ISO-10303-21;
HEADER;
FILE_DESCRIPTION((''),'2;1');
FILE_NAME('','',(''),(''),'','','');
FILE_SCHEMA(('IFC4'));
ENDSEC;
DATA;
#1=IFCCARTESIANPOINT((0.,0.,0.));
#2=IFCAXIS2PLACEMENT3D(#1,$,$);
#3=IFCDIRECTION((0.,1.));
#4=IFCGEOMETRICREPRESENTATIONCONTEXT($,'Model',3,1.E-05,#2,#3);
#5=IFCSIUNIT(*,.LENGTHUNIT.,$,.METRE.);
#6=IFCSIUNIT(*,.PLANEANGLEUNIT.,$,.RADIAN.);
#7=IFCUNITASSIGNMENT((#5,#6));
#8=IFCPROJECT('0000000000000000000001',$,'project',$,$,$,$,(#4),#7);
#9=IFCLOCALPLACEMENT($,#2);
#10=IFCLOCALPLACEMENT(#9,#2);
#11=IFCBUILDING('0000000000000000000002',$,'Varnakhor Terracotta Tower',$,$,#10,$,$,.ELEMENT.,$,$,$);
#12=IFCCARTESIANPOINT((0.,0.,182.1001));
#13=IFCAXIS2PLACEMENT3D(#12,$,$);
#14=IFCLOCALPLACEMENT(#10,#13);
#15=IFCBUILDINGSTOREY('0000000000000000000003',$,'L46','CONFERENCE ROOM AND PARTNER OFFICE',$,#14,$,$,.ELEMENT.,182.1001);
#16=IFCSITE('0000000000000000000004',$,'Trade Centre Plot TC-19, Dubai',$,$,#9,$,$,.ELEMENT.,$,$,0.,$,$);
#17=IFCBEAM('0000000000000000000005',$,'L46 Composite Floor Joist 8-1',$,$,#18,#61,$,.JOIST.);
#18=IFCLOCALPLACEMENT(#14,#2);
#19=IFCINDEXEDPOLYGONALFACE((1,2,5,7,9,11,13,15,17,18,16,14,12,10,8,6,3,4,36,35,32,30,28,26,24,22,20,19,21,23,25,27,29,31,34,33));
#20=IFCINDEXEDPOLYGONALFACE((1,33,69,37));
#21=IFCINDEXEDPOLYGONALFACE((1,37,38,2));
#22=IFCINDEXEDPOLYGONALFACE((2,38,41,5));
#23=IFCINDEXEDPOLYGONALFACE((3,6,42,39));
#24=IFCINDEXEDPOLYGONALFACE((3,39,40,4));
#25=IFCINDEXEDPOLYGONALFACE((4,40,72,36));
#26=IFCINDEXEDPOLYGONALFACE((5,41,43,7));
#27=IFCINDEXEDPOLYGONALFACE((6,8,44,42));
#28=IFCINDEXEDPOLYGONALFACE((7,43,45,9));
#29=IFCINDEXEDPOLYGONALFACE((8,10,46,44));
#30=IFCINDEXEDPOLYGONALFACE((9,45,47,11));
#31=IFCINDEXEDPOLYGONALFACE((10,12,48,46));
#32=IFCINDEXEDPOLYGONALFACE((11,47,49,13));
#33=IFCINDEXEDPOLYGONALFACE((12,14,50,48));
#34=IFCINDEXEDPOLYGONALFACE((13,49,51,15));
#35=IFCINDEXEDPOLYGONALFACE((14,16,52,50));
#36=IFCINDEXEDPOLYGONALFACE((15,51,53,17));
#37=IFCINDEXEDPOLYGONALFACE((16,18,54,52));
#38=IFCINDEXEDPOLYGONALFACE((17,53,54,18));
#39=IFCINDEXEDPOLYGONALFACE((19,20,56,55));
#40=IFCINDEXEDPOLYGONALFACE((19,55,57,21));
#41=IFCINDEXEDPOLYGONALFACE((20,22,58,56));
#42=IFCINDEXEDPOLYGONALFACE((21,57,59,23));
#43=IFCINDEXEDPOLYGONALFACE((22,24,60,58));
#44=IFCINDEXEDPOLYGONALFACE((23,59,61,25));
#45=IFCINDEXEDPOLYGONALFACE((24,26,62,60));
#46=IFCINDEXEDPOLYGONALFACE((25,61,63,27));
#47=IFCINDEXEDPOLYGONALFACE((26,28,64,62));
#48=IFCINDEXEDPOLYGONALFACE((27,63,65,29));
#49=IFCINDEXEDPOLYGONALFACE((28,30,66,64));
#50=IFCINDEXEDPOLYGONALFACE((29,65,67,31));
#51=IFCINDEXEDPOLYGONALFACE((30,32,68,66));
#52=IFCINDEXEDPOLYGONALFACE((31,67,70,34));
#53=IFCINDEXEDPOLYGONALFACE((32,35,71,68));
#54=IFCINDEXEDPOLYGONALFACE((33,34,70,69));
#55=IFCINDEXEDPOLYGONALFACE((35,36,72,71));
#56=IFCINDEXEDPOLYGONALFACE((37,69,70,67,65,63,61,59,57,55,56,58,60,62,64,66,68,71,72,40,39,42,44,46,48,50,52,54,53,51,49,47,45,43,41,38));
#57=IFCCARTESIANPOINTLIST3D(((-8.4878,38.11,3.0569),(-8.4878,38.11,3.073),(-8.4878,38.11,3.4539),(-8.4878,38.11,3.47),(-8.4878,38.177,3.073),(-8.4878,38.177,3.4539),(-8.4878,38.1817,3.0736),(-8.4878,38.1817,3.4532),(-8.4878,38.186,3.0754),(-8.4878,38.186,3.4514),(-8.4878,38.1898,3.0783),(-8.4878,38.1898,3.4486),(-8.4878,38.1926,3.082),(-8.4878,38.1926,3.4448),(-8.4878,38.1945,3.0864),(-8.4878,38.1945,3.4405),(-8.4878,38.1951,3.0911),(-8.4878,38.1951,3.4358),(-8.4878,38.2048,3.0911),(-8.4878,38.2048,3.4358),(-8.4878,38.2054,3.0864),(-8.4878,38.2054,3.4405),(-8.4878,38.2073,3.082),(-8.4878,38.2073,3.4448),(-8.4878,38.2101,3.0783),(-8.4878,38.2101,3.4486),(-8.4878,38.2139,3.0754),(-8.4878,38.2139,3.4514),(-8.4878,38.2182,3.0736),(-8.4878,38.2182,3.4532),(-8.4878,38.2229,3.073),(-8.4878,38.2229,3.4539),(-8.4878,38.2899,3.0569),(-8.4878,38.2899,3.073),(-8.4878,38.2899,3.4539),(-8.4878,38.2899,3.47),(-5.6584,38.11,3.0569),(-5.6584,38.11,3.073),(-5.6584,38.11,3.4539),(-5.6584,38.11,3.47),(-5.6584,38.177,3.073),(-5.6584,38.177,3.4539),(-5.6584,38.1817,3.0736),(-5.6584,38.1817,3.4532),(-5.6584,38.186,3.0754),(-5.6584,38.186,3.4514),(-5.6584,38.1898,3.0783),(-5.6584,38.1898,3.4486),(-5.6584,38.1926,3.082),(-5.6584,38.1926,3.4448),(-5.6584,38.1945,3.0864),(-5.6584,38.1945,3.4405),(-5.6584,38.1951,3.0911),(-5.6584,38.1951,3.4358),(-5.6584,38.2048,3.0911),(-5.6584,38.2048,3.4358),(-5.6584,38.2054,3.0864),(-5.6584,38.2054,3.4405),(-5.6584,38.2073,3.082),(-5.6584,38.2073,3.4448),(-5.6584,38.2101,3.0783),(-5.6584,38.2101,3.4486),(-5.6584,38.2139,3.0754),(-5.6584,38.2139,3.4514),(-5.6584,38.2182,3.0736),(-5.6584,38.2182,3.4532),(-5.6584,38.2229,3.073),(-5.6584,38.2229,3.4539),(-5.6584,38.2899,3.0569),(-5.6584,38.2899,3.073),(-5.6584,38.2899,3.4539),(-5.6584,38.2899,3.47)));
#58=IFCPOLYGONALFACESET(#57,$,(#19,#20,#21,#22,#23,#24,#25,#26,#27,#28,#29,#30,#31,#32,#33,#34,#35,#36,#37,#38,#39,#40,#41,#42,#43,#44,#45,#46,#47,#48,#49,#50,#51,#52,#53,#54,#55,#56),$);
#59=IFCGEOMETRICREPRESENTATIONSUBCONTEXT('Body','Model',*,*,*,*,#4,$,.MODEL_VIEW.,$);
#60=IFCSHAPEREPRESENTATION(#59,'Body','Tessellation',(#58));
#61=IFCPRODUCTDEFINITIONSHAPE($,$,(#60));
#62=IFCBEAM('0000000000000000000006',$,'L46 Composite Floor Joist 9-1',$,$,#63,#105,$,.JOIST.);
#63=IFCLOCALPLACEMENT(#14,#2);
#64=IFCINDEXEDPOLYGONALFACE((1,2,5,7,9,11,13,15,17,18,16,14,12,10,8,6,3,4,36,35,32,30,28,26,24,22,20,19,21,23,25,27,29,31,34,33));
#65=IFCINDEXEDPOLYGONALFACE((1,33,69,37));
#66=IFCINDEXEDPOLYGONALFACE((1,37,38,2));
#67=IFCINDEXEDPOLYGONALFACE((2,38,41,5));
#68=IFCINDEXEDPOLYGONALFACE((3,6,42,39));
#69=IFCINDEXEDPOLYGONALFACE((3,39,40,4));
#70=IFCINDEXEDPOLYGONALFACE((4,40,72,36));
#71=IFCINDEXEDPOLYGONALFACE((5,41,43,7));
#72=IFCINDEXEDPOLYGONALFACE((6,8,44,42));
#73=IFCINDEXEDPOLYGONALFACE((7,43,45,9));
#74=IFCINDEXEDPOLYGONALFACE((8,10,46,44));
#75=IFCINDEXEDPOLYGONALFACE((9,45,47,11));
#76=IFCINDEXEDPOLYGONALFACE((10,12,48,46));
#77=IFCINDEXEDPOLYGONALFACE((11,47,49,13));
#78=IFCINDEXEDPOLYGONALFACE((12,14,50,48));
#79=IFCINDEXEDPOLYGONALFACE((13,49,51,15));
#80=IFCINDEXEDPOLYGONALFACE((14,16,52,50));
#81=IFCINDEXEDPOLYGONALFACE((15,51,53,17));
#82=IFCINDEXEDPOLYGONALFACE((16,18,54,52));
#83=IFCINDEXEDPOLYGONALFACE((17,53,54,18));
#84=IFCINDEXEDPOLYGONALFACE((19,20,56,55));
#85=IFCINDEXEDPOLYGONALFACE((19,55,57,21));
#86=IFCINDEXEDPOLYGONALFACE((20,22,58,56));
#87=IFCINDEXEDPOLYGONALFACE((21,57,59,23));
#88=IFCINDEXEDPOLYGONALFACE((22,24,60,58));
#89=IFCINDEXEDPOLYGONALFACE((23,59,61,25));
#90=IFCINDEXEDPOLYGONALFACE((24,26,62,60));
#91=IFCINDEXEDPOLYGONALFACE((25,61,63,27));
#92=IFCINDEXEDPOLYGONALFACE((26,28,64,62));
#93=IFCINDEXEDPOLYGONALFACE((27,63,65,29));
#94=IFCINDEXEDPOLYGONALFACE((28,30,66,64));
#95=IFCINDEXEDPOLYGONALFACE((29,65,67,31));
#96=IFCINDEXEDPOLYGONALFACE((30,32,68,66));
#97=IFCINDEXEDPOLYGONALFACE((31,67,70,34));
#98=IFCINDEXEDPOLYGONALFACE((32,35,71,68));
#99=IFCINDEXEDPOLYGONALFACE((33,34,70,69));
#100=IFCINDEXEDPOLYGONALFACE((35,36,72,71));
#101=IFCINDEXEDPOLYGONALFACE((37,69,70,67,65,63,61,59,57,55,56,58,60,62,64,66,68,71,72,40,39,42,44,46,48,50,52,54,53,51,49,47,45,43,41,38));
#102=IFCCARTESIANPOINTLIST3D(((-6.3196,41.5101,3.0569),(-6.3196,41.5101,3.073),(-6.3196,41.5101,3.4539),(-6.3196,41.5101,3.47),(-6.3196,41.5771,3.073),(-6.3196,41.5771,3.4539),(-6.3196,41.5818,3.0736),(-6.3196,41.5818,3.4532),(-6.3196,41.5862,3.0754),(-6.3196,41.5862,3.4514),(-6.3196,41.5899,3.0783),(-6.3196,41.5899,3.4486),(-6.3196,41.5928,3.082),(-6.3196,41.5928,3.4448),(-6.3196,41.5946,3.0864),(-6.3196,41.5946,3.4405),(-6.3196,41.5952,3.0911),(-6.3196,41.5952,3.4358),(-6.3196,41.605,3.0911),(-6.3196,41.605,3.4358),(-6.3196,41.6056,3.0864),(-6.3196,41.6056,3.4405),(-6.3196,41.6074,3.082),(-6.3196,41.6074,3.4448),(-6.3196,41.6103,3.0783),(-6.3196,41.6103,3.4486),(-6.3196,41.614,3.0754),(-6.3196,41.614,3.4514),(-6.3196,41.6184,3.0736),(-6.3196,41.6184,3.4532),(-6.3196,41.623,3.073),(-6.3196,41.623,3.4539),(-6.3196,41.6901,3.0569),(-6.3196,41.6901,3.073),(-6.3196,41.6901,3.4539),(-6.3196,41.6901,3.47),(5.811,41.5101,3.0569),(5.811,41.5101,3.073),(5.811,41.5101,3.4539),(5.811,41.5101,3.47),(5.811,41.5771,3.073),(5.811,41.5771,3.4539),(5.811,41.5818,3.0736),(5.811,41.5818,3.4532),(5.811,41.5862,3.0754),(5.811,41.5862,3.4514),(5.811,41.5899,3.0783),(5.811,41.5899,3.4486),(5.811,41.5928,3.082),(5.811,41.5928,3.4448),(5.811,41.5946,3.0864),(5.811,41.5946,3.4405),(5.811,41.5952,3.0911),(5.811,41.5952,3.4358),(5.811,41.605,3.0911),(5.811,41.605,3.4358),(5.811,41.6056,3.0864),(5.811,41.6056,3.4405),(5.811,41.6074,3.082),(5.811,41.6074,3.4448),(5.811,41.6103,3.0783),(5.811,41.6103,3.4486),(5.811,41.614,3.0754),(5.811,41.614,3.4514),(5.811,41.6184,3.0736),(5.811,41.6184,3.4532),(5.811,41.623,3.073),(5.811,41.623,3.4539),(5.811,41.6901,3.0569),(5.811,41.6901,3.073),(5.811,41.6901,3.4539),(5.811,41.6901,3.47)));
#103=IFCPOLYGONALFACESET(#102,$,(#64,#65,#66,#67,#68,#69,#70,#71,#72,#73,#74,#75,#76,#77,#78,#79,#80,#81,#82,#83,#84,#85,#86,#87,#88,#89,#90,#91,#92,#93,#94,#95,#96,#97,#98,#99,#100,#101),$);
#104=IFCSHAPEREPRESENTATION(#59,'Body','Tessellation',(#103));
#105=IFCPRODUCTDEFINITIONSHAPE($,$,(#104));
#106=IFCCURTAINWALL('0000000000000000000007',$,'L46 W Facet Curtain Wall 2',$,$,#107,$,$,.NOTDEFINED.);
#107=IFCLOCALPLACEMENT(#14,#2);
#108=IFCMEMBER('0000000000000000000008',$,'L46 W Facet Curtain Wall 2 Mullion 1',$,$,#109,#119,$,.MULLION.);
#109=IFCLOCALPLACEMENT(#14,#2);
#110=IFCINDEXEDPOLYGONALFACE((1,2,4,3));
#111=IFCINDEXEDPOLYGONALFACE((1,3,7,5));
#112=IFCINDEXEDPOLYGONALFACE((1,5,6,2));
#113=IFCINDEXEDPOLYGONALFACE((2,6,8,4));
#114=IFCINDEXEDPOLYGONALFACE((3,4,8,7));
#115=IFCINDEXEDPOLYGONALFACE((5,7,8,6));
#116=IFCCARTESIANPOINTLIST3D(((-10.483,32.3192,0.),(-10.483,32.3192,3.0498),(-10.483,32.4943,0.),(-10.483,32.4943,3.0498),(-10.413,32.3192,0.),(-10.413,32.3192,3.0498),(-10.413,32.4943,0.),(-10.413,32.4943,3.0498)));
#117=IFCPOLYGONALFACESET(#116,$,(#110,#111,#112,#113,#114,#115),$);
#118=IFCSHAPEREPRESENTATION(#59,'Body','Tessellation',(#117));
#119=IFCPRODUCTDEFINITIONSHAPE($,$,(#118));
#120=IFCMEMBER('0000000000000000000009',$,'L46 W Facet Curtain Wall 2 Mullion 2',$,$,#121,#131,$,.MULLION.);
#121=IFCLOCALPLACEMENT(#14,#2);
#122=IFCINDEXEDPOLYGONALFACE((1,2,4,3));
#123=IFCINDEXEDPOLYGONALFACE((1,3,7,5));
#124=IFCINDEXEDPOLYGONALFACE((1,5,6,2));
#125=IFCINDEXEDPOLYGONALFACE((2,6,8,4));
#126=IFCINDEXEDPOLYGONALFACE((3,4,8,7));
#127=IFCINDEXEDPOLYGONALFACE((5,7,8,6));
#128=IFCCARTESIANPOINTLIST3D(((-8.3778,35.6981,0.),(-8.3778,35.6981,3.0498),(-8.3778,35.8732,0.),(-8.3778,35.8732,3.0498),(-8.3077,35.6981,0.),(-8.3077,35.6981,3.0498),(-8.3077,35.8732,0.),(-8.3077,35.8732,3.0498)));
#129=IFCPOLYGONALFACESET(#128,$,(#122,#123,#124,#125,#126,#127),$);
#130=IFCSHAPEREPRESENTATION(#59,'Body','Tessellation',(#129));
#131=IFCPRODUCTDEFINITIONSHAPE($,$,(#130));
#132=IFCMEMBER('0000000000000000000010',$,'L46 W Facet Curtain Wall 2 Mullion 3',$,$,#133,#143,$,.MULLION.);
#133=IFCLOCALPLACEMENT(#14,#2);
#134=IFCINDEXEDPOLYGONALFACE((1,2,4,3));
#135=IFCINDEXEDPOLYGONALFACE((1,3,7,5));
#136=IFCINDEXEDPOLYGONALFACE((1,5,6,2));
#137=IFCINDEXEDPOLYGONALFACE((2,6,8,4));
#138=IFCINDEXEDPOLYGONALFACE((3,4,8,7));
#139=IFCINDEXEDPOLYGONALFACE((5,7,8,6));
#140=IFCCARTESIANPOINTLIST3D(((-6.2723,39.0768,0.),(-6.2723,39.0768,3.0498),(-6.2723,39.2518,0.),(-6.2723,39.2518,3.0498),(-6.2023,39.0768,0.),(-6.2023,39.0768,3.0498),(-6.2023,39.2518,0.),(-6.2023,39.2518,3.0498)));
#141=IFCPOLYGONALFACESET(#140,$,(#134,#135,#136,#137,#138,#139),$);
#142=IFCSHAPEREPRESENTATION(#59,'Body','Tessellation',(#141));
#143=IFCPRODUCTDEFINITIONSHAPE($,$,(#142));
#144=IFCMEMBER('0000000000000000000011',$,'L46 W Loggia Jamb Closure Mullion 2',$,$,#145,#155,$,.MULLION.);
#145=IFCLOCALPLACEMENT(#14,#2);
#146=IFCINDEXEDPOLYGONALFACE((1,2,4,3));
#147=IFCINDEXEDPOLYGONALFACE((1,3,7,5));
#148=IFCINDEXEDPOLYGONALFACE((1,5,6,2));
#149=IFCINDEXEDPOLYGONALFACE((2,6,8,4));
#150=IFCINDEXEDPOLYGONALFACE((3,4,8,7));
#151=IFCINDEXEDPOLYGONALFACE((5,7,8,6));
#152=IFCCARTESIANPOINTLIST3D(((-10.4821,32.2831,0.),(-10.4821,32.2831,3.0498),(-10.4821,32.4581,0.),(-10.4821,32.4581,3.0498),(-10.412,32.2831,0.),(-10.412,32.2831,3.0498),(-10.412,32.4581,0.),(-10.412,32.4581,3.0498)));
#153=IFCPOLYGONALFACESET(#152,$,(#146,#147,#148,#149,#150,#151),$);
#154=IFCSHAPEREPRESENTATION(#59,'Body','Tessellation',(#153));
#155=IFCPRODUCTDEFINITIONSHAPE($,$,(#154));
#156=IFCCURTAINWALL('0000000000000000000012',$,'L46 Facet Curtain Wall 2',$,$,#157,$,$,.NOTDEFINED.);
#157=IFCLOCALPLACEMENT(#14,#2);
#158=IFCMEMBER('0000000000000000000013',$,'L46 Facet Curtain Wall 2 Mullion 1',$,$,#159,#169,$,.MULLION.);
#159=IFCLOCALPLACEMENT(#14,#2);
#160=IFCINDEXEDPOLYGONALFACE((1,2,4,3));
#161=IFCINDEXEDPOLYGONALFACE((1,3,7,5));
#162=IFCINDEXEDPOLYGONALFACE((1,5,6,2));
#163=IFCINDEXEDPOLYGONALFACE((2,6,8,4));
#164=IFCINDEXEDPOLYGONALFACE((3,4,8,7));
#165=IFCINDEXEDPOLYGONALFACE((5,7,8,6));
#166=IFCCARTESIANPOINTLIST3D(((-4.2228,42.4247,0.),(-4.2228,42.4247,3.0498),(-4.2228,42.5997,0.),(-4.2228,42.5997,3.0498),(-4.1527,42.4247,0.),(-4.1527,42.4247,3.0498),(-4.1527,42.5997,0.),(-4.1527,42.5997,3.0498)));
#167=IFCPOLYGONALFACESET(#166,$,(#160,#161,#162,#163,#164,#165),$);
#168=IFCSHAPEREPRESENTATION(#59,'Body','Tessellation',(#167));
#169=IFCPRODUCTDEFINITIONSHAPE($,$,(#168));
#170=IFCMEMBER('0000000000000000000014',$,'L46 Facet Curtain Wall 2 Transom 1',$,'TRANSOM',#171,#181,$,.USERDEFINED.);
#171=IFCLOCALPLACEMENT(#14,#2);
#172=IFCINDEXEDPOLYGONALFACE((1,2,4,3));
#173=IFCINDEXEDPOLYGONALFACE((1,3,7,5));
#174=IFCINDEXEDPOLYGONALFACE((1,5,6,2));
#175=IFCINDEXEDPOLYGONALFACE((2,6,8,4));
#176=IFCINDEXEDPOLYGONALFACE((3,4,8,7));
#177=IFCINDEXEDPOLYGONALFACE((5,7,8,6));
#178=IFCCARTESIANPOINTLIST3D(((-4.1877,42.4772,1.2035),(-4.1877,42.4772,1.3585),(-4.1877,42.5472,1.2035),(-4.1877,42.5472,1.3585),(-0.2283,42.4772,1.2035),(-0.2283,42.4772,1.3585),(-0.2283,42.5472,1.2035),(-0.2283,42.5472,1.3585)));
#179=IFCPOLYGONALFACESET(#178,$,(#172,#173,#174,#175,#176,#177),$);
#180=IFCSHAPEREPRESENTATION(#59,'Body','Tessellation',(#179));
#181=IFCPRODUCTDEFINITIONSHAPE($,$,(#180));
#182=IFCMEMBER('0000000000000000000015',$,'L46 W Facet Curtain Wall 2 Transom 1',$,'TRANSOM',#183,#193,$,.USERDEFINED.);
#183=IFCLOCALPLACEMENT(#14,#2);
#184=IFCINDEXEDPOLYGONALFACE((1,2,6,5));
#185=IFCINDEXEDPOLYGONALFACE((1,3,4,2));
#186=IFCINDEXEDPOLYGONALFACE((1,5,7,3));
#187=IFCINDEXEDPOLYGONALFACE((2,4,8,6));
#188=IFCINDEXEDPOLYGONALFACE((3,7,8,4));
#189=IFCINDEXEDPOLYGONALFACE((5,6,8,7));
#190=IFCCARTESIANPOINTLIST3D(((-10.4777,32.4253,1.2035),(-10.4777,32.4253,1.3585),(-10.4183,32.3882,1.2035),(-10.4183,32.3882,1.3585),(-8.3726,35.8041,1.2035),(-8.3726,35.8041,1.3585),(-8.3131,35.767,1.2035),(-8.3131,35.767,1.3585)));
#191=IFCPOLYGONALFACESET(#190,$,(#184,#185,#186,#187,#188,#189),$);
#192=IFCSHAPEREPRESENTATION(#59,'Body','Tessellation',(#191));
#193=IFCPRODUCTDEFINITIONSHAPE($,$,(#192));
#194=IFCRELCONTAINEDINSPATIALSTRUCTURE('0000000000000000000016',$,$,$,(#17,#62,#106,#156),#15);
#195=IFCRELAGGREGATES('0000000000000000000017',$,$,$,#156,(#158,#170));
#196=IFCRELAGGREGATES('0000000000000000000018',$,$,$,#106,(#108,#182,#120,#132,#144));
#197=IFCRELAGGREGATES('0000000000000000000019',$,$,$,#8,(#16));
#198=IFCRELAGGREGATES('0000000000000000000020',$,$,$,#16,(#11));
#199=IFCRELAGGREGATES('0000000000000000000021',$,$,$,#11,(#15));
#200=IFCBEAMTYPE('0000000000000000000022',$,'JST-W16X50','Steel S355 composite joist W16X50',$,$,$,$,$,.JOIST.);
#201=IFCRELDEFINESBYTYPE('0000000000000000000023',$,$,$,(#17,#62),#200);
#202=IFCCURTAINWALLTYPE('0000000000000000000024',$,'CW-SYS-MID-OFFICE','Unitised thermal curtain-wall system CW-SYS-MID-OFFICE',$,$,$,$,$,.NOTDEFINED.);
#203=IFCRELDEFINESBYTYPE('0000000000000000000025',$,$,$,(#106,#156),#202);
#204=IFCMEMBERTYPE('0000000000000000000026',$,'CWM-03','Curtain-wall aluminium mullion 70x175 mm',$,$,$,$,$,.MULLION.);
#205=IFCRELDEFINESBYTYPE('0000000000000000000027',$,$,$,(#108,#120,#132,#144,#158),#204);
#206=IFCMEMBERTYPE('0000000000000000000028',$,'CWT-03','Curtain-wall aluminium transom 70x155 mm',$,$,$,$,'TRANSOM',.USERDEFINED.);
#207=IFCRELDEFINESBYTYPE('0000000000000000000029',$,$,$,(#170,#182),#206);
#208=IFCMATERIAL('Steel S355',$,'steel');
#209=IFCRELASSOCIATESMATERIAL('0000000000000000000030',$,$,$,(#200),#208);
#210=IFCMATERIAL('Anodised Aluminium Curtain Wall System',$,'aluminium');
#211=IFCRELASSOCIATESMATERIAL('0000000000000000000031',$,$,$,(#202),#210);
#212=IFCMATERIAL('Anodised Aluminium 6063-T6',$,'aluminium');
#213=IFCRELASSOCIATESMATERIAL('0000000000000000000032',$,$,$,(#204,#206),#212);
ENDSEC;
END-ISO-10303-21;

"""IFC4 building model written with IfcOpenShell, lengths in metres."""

from ifc_helpers import new_model, si_unit, direction, frame, origin, origin_2d, place, context, subcontext, project, spatial, rectangle, i_section, extrude, source, transform, mapped, material, material_profile, profile_set, type_object, type_shapes, element, aggregate, save


model = new_model("IFC4")

# Units and contexts
model_context = context("Model", 3, precision=1e-05, world=origin(), true_north=direction((0.0, 1.0)))
body_context = subcontext(model_context, "Body", "Model", "MODEL_VIEW")
ifc_project = project(units=[si_unit("LENGTHUNIT", "METRE"), si_unit("PLANEANGLEUNIT", "RADIAN")], contexts=[model_context])

# Site, building, storey
site_placement = place(None, origin())
site = spatial("IfcSite", under=ifc_project, at=site_placement, Name="Trade Centre Plot TC-19, Dubai", CompositionType="ELEMENT", RefElevation=0.0)
building_placement = place(site_placement, origin())
building = spatial("IfcBuilding", under=site, at=building_placement, Name="Varnakhor Terracotta Tower", CompositionType="ELEMENT")
storey_placement = place(building_placement, frame((0.0, 0.0, 182.1001)))
storey = spatial("IfcBuildingStorey", under=building, at=storey_placement, Name="L46", Description="CONFERENCE ROOM AND PARTNER OFFICE", CompositionType="ELEMENT", Elevation=182.1001)

# Beams
ifc_material_1 = material(Name="Steel S355", Category="steel")
ifc_material_profile_1 = material_profile(ifc_material_1, i_section(OverallWidth=0.1799, OverallDepth=0.4131, WebThickness=0.0098, FlangeThickness=0.0161, FilletRadius=0.0181, at=origin_2d()), Name="W16X50")
ifc_profile_set_1 = profile_set([ifc_material_profile_1], Name="Steel S355")
beam_type_1 = type_object("IfcBeamType", Name="JST-W16X50", Description="Steel S355 composite joist W16X50", PredefinedType="JOIST", material=ifc_profile_set_1)
shared_shape_1 = source(origin(), body_context, "Body", "SweptSolid", [
    extrude(i_section(OverallWidth=0.1799, OverallDepth=0.4131, WebThickness=0.0098, FlangeThickness=0.0161, FilletRadius=0.0181, at=origin_2d()), origin(), (0.0, 0.0, 1.0), 2.8293),
])
beam_1_placement = place(storey_placement, frame((-8.4878, 38.2, 3.2634), z_axis=(1.0, 0.0, 0.0), x_axis=(0.0, 1.0, 0.0)))
element("IfcBeam", 1, at=beam_1_placement, inside=storey, type_object=beam_type_1, Name="L46 Composite Floor Joist 8-1", PredefinedType="JOIST", context=body_context, shape_type="MappedRepresentation", body=[
    mapped(shared_shape_1, transform((0.0, 0.0, 0.0), scale=1.0)),
])
shared_shape_2 = source(origin(), body_context, "Body", "SweptSolid", [
    extrude(i_section(OverallWidth=0.1799, OverallDepth=0.4131, WebThickness=0.0098, FlangeThickness=0.0161, FilletRadius=0.0181, at=origin_2d()), origin(), (0.0, 0.0, 1.0), 12.1306),
])
beam_2_placement = place(storey_placement, frame((-6.3196, 41.6001, 3.2634), z_axis=(1.0, 0.0, 0.0), x_axis=(0.0, 1.0, 0.0)))
element("IfcBeam", 2, at=beam_2_placement, inside=storey, type_object=beam_type_1, Name="L46 Composite Floor Joist 9-1", PredefinedType="JOIST", context=body_context, shape_type="MappedRepresentation", body=[
    mapped(shared_shape_2, transform((0.0, 0.0, 0.0), scale=1.0)),
])

# Curtain walls, members
ifc_material_2 = material(Name="Anodised Aluminium Curtain Wall System", Category="aluminium")
curtain_wall_type = type_object("IfcCurtainWallType", Name="CW-SYS-MID-OFFICE", Description="Unitised thermal curtain-wall system CW-SYS-MID-OFFICE", PredefinedType="NOTDEFINED", material=ifc_material_2)
curtain_wall_1_placement = place(storey_placement, origin())
curtain_wall_1 = element("IfcCurtainWall", 3, at=curtain_wall_1_placement, inside=storey, type_object=curtain_wall_type, Name="L46 W Facet Curtain Wall 2", PredefinedType="NOTDEFINED")
ifc_material_3 = material(Name="Anodised Aluminium 6063-T6", Category="aluminium")
ifc_material_profile_2 = material_profile(ifc_material_3, rectangle(XDim=0.0701, YDim=0.175, at=origin_2d()), Name="ALU MULLION 70x175")
ifc_profile_set_2 = profile_set([ifc_material_profile_2], Name="Anodised Aluminium 6063-T6")
member_type_1 = type_object("IfcMemberType", Name="CWM-03", Description="Curtain-wall aluminium mullion 70x175 mm", PredefinedType="MULLION", material=ifc_profile_set_2)
shared_shape_3 = source(origin(), body_context, "Body", "SweptSolid", [
    extrude(rectangle(XDim=0.0701, YDim=0.175, at=origin_2d()), origin(), (0.0, 0.0, 1.0), 3.0498),
])
type_shapes(member_type_1, [shared_shape_3])
member_1_placement = place(storey_placement, frame((-10.448, 32.4067, 0.0), z_axis=(0.0, 0.0, 1.0), x_axis=(1.0, 0.0, 0.0)))
member_1 = element("IfcMember", 4, at=member_1_placement, type_object=member_type_1, Name="L46 W Facet Curtain Wall 2 Mullion 1", PredefinedType="MULLION", context=body_context, shape_type="MappedRepresentation", body=[
    mapped(shared_shape_3, transform((0.0, 0.0, 0.0), scale=1.0)),
])
member_2_placement = place(storey_placement, frame((-8.3428, 35.7856, 0.0), z_axis=(0.0, 0.0, 1.0), x_axis=(1.0, 0.0, 0.0)))
member_2 = element("IfcMember", 5, at=member_2_placement, type_object=member_type_1, Name="L46 W Facet Curtain Wall 2 Mullion 2", PredefinedType="MULLION", context=body_context, shape_type="MappedRepresentation", body=[
    mapped(shared_shape_3, transform((0.0, 0.0, 0.0), scale=1.0)),
])
member_3_placement = place(storey_placement, frame((-6.2373, 39.1643, 0.0), z_axis=(0.0, 0.0, 1.0), x_axis=(1.0, 0.0, 0.0)))
member_3 = element("IfcMember", 6, at=member_3_placement, type_object=member_type_1, Name="L46 W Facet Curtain Wall 2 Mullion 3", PredefinedType="MULLION", context=body_context, shape_type="MappedRepresentation", body=[
    mapped(shared_shape_3, transform((0.0, 0.0, 0.0), scale=1.0)),
])
member_4_placement = place(storey_placement, frame((-10.447, 32.3706, 0.0), z_axis=(0.0, 0.0, 1.0), x_axis=(1.0, 0.0, 0.0)))
member_4 = element("IfcMember", 7, at=member_4_placement, type_object=member_type_1, Name="L46 W Loggia Jamb Closure Mullion 2", PredefinedType="MULLION", context=body_context, shape_type="MappedRepresentation", body=[
    mapped(shared_shape_3, transform((0.0, 0.0, 0.0), scale=1.0)),
])
curtain_wall_2_placement = place(storey_placement, origin())
curtain_wall_2 = element("IfcCurtainWall", 8, at=curtain_wall_2_placement, inside=storey, type_object=curtain_wall_type, Name="L46 Facet Curtain Wall 2", PredefinedType="NOTDEFINED")
member_5_placement = place(storey_placement, frame((-4.1877, 42.5122, 0.0), z_axis=(0.0, 0.0, 1.0), x_axis=(1.0, 0.0, 0.0)))
member_5 = element("IfcMember", 9, at=member_5_placement, type_object=member_type_1, Name="L46 Facet Curtain Wall 2 Mullion 1", PredefinedType="MULLION", context=body_context, shape_type="MappedRepresentation", body=[
    mapped(shared_shape_3, transform((0.0, 0.0, 0.0), scale=1.0)),
])
ifc_material_profile_3 = material_profile(ifc_material_3, rectangle(XDim=0.0701, YDim=0.155, at=origin_2d()), Name="ALU TRANSOM 70x155")
ifc_profile_set_3 = profile_set([ifc_material_profile_3], Name="Anodised Aluminium 6063-T6")
member_type_2 = type_object("IfcMemberType", Name="CWT-03", Description="Curtain-wall aluminium transom 70x155 mm", ElementType="TRANSOM", PredefinedType="USERDEFINED", material=ifc_profile_set_3)
shared_shape_4 = source(origin(), body_context, "Body", "SweptSolid", [
    extrude(rectangle(XDim=0.0701, YDim=0.155, at=origin_2d()), origin(), (0.0, 0.0, 1.0), 3.9595),
])
member_6_placement = place(storey_placement, frame((-4.1877, 42.5122, 1.281), z_axis=(1.0, 0.0, 0.0), x_axis=(0.0, 1.0, 0.0)))
member_6 = element("IfcMember", 10, at=member_6_placement, type_object=member_type_2, Name="L46 Facet Curtain Wall 2 Transom 1", ObjectType="TRANSOM", PredefinedType="USERDEFINED", context=body_context, shape_type="MappedRepresentation", body=[
    mapped(shared_shape_4, transform((0.0, 0.0, 0.0), scale=1.0)),
])
aggregate(curtain_wall_2, [member_5, member_6])

# Member
shared_shape_5 = source(origin(), body_context, "Body", "SweptSolid", [
    extrude(rectangle(XDim=0.0701, YDim=0.155, at=origin_2d()), origin(), (0.0, 0.0, 1.0), 3.981),
])
member_7_placement = place(storey_placement, frame((-10.448, 32.4067, 1.281), z_axis=(0.528808, 0.848742, 0.0), x_axis=(-0.848742, 0.528808, 0.0)))
member_7 = element("IfcMember", 11, at=member_7_placement, type_object=member_type_2, Name="L46 W Facet Curtain Wall 2 Transom 1", ObjectType="TRANSOM", PredefinedType="USERDEFINED", context=body_context, shape_type="MappedRepresentation", body=[
    mapped(shared_shape_5, transform((0.0, 0.0, 0.0), scale=1.0)),
])

aggregate(curtain_wall_1, [member_1, member_7, member_2, member_3, member_4])

save(model, "model.ifc")
